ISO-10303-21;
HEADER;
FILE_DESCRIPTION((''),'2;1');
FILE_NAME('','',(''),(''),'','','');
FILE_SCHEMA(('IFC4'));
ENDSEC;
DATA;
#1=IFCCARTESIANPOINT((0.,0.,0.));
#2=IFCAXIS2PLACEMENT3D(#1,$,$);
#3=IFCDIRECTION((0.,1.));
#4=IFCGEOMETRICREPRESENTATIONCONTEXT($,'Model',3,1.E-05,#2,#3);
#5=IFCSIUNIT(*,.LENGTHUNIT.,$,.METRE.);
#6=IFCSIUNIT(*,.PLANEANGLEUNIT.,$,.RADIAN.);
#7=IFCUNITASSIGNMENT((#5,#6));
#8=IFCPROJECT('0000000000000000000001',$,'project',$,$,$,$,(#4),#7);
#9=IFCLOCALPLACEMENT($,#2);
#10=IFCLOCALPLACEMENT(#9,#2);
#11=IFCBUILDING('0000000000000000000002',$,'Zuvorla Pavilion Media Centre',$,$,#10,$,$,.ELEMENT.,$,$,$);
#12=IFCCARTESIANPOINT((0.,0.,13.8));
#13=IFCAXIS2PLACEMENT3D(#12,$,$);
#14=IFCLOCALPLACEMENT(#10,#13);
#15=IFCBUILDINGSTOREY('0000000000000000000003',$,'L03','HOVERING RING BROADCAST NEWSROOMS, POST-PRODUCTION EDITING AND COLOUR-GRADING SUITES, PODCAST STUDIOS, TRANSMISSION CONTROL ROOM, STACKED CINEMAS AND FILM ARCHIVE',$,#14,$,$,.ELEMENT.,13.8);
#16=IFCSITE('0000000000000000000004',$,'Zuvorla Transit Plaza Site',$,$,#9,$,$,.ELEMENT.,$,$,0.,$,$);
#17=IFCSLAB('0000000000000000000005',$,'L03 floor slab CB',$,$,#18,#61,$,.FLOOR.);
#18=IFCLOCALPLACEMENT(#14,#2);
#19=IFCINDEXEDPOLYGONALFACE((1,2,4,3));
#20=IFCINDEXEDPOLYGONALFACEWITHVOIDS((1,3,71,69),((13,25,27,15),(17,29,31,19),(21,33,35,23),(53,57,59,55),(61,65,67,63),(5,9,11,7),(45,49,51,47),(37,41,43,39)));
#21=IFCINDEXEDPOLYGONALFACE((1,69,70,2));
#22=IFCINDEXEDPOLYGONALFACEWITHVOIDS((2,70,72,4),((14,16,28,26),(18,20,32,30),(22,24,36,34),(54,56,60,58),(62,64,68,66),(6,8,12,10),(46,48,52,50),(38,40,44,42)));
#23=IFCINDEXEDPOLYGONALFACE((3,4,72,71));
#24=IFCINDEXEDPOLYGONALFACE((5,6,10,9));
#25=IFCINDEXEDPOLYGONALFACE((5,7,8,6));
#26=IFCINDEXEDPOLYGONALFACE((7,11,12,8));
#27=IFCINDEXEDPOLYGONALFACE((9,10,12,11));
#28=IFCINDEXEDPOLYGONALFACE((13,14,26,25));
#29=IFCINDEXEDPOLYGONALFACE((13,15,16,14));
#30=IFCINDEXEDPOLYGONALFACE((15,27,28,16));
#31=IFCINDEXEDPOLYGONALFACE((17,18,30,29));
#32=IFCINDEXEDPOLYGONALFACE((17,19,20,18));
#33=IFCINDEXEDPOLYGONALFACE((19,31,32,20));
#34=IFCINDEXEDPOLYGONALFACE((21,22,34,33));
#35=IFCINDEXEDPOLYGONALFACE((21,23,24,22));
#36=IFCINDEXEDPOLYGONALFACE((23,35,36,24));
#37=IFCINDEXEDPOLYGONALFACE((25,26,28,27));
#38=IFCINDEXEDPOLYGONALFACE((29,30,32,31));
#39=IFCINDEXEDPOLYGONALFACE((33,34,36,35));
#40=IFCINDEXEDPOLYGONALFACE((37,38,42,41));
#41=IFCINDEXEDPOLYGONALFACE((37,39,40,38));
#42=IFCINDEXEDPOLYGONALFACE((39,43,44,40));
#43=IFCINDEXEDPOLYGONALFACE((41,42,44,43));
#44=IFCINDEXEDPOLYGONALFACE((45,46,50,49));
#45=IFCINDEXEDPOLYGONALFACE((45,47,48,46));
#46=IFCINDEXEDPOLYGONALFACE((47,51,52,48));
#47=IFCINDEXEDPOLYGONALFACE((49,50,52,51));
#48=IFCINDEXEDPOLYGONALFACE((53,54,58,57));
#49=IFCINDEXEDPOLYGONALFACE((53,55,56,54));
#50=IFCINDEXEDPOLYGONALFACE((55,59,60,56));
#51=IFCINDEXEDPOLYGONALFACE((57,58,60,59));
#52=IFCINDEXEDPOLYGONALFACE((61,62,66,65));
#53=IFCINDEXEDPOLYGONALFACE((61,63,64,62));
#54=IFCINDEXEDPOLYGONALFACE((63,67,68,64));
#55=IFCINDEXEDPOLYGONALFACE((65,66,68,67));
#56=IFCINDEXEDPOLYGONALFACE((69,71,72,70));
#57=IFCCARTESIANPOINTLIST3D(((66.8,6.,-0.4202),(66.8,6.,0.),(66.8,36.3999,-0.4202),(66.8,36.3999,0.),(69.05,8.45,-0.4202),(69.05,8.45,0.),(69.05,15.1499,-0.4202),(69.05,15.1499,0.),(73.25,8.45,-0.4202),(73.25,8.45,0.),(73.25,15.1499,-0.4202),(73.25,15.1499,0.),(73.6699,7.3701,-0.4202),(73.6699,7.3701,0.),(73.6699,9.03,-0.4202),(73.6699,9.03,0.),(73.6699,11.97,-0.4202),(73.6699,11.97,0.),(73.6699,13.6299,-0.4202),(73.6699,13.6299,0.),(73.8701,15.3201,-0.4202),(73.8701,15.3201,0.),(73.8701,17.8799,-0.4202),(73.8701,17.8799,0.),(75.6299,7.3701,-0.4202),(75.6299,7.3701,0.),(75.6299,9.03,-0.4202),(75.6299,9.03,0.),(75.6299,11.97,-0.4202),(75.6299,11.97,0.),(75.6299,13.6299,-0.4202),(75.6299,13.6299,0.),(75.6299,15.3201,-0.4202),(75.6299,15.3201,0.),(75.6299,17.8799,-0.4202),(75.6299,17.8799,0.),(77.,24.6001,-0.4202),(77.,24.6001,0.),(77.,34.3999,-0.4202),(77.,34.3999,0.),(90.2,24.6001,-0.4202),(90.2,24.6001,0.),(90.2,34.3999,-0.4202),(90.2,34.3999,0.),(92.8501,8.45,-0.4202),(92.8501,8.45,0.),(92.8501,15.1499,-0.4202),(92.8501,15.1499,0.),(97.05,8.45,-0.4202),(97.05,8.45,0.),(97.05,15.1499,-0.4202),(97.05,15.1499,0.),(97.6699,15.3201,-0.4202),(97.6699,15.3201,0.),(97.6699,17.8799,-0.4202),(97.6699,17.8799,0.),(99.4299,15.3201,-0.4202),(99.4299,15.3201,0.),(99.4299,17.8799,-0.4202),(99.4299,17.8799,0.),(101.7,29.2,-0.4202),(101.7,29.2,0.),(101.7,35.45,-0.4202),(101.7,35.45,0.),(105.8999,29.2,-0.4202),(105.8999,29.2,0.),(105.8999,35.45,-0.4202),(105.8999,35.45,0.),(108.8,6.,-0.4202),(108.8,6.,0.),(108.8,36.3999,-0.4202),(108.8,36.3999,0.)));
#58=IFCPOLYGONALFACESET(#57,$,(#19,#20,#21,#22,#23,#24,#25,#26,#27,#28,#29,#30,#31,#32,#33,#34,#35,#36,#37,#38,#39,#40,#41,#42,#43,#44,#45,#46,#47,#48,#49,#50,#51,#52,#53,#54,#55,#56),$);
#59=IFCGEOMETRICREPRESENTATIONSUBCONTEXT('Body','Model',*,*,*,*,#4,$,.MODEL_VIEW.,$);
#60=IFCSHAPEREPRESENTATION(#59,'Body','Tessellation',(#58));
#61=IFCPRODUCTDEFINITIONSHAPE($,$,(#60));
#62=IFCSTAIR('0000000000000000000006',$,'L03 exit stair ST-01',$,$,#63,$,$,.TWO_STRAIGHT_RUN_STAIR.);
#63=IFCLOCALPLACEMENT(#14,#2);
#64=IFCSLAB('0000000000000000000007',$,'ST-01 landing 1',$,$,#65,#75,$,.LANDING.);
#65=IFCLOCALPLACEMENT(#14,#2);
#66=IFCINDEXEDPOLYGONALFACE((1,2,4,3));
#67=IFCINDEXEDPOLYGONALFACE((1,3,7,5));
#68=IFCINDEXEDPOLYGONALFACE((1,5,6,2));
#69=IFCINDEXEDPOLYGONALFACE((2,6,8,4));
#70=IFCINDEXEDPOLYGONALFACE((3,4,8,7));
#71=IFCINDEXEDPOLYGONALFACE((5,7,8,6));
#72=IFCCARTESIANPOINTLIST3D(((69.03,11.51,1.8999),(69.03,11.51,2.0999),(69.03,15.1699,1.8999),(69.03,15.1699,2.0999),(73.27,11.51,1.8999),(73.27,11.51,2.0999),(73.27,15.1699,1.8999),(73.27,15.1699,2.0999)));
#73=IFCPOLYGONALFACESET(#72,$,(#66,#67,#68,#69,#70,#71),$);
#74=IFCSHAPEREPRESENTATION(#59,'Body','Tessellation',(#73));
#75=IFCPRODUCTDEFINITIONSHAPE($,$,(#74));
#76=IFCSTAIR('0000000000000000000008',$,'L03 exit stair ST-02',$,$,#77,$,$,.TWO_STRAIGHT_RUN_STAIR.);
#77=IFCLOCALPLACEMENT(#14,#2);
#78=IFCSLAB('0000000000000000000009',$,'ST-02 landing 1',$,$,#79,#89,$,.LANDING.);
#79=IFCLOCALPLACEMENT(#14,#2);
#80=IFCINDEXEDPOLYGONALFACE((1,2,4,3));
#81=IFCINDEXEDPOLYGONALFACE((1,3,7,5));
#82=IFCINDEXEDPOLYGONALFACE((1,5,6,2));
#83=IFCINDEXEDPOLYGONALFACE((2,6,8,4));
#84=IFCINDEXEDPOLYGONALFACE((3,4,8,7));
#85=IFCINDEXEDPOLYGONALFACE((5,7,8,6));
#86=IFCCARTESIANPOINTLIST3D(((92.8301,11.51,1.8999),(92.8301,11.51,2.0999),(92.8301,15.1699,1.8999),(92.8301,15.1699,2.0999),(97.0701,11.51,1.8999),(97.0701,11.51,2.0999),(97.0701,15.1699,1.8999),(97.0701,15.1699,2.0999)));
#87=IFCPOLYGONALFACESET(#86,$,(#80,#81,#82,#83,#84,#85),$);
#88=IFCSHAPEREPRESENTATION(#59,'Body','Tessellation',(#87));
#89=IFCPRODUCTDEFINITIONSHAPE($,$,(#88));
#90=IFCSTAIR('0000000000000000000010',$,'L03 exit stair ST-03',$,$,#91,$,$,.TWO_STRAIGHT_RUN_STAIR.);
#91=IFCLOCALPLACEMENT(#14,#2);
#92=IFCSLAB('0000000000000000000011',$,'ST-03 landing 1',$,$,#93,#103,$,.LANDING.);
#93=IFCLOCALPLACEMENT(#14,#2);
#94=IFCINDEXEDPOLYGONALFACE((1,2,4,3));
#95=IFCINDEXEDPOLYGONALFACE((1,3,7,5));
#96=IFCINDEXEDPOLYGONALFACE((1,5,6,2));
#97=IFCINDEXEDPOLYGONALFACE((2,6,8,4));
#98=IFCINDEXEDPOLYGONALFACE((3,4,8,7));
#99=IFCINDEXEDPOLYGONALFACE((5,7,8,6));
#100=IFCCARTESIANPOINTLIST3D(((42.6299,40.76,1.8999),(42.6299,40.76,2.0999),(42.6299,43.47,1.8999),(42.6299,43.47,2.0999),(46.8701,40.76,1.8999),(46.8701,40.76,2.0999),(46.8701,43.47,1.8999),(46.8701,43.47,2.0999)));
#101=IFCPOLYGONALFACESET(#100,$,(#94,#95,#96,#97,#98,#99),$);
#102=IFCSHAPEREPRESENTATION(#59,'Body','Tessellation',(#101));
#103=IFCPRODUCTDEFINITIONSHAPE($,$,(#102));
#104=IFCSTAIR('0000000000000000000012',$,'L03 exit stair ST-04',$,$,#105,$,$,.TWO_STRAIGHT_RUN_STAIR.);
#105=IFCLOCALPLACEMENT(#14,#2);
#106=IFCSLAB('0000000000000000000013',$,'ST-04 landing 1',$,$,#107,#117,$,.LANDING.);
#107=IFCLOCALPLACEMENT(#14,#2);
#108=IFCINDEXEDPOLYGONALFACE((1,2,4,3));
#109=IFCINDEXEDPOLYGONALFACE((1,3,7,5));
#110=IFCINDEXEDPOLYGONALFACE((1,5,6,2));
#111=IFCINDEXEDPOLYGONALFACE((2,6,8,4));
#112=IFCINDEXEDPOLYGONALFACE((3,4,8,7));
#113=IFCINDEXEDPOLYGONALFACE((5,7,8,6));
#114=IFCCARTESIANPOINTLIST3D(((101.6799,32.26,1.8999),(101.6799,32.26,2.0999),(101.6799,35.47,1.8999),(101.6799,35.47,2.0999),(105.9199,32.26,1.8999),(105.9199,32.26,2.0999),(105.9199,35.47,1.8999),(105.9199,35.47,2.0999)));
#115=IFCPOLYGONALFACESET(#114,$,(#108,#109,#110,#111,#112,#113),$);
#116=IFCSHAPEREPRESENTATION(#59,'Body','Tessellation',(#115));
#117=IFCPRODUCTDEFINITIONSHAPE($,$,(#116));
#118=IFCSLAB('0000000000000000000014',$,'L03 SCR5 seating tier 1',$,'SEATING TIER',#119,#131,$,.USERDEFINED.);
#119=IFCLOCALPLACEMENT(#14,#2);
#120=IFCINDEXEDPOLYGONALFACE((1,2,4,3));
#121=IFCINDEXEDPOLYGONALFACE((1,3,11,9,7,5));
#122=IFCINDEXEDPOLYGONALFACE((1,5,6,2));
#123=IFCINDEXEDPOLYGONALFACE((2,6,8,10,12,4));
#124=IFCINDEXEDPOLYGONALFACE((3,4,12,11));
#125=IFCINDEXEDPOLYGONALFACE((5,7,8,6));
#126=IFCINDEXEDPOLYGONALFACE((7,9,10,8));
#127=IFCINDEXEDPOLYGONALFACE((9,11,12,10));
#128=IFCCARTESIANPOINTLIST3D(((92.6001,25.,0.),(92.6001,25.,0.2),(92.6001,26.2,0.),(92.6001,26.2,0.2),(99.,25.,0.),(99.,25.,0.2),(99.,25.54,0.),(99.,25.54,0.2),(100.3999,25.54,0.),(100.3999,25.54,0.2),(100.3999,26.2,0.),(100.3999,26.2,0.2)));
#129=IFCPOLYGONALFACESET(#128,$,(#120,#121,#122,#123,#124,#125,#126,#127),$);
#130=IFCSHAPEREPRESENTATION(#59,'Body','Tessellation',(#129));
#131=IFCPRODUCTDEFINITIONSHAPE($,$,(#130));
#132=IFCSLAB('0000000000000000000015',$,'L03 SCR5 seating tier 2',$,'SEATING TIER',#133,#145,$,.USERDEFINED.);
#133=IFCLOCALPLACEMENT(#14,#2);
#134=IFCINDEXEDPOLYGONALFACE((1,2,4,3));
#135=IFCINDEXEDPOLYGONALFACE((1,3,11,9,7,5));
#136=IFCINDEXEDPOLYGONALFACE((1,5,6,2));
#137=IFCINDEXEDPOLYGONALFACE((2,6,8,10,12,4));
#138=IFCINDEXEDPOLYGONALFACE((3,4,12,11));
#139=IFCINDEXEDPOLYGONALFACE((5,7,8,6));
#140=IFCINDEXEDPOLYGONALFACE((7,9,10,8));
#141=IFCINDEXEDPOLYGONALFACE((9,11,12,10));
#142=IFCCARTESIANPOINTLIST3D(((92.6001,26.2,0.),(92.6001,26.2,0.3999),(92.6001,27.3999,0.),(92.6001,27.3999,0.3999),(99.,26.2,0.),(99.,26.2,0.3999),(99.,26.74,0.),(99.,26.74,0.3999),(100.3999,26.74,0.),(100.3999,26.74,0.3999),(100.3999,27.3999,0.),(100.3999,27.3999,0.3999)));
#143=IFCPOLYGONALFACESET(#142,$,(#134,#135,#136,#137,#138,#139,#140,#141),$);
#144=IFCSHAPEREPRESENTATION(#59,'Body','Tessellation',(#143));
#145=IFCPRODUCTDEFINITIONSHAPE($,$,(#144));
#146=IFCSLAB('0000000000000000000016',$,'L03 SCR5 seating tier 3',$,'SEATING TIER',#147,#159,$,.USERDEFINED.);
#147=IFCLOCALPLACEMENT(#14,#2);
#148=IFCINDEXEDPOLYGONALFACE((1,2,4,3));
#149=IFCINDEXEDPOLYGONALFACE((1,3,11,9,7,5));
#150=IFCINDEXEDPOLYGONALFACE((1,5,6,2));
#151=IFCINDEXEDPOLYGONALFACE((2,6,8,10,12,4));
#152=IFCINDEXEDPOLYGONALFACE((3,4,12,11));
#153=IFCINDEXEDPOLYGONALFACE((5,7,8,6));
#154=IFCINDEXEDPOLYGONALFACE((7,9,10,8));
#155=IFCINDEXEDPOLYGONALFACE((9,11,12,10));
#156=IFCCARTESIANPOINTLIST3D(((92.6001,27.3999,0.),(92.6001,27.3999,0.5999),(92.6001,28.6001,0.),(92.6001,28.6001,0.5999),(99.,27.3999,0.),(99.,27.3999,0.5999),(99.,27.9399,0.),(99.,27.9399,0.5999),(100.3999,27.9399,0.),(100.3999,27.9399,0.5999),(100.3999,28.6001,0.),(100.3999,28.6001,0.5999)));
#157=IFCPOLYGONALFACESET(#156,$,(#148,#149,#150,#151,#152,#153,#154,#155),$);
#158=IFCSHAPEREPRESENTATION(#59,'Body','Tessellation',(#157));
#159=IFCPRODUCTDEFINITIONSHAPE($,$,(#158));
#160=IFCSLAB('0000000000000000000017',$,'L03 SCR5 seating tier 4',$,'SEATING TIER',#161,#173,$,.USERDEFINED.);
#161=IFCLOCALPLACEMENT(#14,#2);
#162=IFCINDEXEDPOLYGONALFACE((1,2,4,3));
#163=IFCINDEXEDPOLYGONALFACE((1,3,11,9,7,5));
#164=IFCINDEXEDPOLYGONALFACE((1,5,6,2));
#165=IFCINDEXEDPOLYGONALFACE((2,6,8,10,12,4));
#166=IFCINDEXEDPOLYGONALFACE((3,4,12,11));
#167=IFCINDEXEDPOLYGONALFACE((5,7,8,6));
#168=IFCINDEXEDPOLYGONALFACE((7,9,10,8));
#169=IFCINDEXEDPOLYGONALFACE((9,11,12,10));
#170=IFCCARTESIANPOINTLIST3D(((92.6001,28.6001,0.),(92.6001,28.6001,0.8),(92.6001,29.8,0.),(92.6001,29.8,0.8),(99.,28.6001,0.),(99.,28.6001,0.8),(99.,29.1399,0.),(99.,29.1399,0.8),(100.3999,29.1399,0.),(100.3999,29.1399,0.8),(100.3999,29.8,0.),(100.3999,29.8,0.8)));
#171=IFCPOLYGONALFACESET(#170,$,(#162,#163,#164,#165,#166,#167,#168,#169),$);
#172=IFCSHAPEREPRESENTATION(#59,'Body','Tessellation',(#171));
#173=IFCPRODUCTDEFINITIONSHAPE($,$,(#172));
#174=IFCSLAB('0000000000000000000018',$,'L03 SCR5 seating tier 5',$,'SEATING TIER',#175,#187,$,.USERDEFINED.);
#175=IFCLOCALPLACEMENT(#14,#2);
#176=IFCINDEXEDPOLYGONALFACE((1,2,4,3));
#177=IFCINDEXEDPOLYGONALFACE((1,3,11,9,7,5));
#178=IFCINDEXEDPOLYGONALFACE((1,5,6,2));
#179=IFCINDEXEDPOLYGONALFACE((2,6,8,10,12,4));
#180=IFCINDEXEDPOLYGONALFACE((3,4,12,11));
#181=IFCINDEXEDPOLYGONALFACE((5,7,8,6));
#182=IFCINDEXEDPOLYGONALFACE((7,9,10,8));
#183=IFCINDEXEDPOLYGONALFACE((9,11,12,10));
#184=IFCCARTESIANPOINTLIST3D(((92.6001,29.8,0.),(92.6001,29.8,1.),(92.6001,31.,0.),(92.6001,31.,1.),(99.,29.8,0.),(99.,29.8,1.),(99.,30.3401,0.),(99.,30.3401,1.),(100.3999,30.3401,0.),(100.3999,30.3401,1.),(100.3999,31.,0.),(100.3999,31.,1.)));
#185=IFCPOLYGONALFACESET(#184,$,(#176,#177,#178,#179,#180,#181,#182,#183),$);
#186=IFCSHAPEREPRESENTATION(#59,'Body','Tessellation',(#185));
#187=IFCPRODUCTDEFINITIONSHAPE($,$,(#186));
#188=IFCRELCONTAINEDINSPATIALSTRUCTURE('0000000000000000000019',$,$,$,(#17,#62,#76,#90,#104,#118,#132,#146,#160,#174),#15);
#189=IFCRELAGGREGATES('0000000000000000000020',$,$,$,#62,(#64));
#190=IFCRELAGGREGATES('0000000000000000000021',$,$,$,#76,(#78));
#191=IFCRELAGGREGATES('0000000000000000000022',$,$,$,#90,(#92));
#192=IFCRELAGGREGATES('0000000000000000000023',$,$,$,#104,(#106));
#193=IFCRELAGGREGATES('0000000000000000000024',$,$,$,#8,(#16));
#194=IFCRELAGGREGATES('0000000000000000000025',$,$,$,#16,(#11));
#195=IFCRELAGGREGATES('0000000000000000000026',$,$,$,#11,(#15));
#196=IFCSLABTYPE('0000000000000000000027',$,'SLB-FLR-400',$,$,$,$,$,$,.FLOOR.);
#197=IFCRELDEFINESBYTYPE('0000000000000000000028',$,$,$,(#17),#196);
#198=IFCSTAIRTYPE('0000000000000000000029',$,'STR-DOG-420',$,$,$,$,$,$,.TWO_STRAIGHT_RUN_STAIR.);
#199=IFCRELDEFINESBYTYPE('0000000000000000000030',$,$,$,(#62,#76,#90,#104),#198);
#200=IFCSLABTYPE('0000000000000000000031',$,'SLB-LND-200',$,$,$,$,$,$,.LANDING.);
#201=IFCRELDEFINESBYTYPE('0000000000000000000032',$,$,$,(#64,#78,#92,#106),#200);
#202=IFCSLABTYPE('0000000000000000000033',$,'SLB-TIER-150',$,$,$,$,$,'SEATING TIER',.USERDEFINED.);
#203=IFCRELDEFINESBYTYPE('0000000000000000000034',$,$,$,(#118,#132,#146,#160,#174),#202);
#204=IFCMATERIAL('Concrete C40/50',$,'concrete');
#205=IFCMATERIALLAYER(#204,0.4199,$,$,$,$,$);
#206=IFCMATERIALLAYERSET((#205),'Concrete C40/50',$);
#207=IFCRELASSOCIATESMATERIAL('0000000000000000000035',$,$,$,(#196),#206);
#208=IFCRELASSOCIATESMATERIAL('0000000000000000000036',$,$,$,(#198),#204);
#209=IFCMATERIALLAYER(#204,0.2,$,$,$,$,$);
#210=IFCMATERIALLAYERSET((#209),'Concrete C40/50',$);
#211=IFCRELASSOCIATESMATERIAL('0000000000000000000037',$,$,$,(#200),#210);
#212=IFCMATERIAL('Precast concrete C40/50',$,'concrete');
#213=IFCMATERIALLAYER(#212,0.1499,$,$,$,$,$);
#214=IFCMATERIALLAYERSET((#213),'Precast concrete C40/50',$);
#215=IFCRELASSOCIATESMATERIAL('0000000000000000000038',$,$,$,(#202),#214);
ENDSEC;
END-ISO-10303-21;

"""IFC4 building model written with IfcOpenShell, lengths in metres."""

from ifc_helpers import new_model, si_unit, direction, frame, origin, place, context, subcontext, project, spatial, polyline, outline, extrude, material, layer, layer_set, type_object, element, aggregate, save


model = new_model("IFC4")

# Units and contexts
model_context = context("Model", 3, precision=1e-05, world=origin(), true_north=direction((0.0, 1.0)))
body_context = subcontext(model_context, "Body", "Model", "MODEL_VIEW")
ifc_project = project(units=[si_unit("LENGTHUNIT", "METRE"), si_unit("PLANEANGLEUNIT", "RADIAN")], contexts=[model_context])

# Site, building, storey
site_placement = place(None, origin())
site = spatial("IfcSite", under=ifc_project, at=site_placement, Name="Zuvorla Transit Plaza Site", CompositionType="ELEMENT", RefElevation=0.0)
building_placement = place(site_placement, origin())
building = spatial("IfcBuilding", under=site, at=building_placement, Name="Zuvorla Pavilion Media Centre", CompositionType="ELEMENT")
storey_placement = place(building_placement, frame((0.0, 0.0, 13.8)))
storey = spatial("IfcBuildingStorey", under=building, at=storey_placement, Name="L03", Description="HOVERING RING BROADCAST NEWSROOMS, POST-PRODUCTION EDITING AND COLOUR-GRADING SUITES, PODCAST STUDIOS, TRANSMISSION CONTROL ROOM, STACKED CINEMAS AND FILM ARCHIVE", CompositionType="ELEMENT", Elevation=13.8)

# Shared definitions
ifc_material_1 = material(Name="Concrete C40/50", Category="concrete")

# Slab
ifc_layer_1 = layer(ifc_material_1, 0.4199)
ifc_layer_set_1 = layer_set([ifc_layer_1], Name="Concrete C40/50")
slab_type_1 = type_object("IfcSlabType", Name="SLB-FLR-400", PredefinedType="FLOOR", material=ifc_layer_set_1)
slab_1_placement = place(storey_placement, frame((0.0, 0.0, -0.4202)))
element("IfcSlab", 1, at=slab_1_placement, inside=storey, type_object=slab_type_1, Name="L03 floor slab CB", PredefinedType="FLOOR", context=body_context, shape_type="SweptSolid", body=[
    extrude(outline(polyline([(66.8, 6.0), (66.8, 36.3999), (108.8, 36.3999), (108.8, 6.0), (66.8, 6.0)]), holes=[polyline([(73.6699, 9.03), (73.6699, 7.3701), (75.6299, 7.3701), (75.6299, 9.03), (73.6699, 9.03)]), polyline([(69.05, 15.1499), (69.05, 8.45), (73.25, 8.45), (73.25, 15.1499), (69.05, 15.1499)]), polyline([(92.8501, 15.1499), (92.8501, 8.45), (97.05, 8.45), (97.05, 15.1499), (92.8501, 15.1499)]), polyline([(73.6699, 13.6299), (73.6699, 11.97), (75.6299, 11.97), (75.6299, 13.6299), (73.6699, 13.6299)]), polyline([(73.8701, 17.8799), (73.8701, 15.3201), (75.6299, 15.3201), (75.6299, 17.8799), (73.8701, 17.8799)]), polyline([(97.6699, 17.8799), (97.6699, 15.3201), (99.4299, 15.3201), (99.4299, 17.8799), (97.6699, 17.8799)]), polyline([(77.0, 34.3999), (77.0, 24.6001), (90.2, 24.6001), (90.2, 34.3999), (77.0, 34.3999)]), polyline([(101.7, 35.45), (101.7, 29.2), (105.8999, 29.2), (105.8999, 35.45), (101.7, 35.45)])]), origin(), (0.0, 0.0, 1.0), 0.4202),
])

# Stairs, slabs
stair_type = type_object("IfcStairType", Name="STR-DOG-420", PredefinedType="TWO_STRAIGHT_RUN_STAIR", material=ifc_material_1)
stair_1_placement = place(storey_placement, origin())
stair_1 = element("IfcStair", 2, at=stair_1_placement, inside=storey, type_object=stair_type, Name="L03 exit stair ST-01", PredefinedType="TWO_STRAIGHT_RUN_STAIR")
ifc_layer_2 = layer(ifc_material_1, 0.2)
ifc_layer_set_2 = layer_set([ifc_layer_2], Name="Concrete C40/50")
slab_type_2 = type_object("IfcSlabType", Name="SLB-LND-200", PredefinedType="LANDING", material=ifc_layer_set_2)
slab_2_placement = place(storey_placement, frame((0.0, 0.0, 1.8999)))
slab_2 = element("IfcSlab", 3, at=slab_2_placement, type_object=slab_type_2, Name="ST-01 landing 1", PredefinedType="LANDING", context=body_context, shape_type="SweptSolid", body=[
    extrude(outline(polyline([(69.03, 11.51), (73.27, 11.51), (73.27, 15.1699), (69.03, 15.1699), (69.03, 11.51)])), origin(), (0.0, 0.0, 1.0), 0.2),
])
aggregate(stair_1, [slab_2])
stair_2_placement = place(storey_placement, origin())
stair_2 = element("IfcStair", 4, at=stair_2_placement, inside=storey, type_object=stair_type, Name="L03 exit stair ST-02", PredefinedType="TWO_STRAIGHT_RUN_STAIR")
slab_3_placement = place(storey_placement, frame((0.0, 0.0, 1.8999)))
slab_3 = element("IfcSlab", 5, at=slab_3_placement, type_object=slab_type_2, Name="ST-02 landing 1", PredefinedType="LANDING", context=body_context, shape_type="SweptSolid", body=[
    extrude(outline(polyline([(92.8301, 11.51), (97.0701, 11.51), (97.0701, 15.1699), (92.8301, 15.1699), (92.8301, 11.51)])), origin(), (0.0, 0.0, 1.0), 0.2),
])
aggregate(stair_2, [slab_3])
stair_3_placement = place(storey_placement, origin())
stair_3 = element("IfcStair", 6, at=stair_3_placement, inside=storey, type_object=stair_type, Name="L03 exit stair ST-03", PredefinedType="TWO_STRAIGHT_RUN_STAIR")
slab_4_placement = place(storey_placement, frame((0.0, 0.0, 1.8999)))
slab_4 = element("IfcSlab", 7, at=slab_4_placement, type_object=slab_type_2, Name="ST-03 landing 1", PredefinedType="LANDING", context=body_context, shape_type="SweptSolid", body=[
    extrude(outline(polyline([(42.6299, 40.76), (46.8701, 40.76), (46.8701, 43.47), (42.6299, 43.47), (42.6299, 40.76)])), origin(), (0.0, 0.0, 1.0), 0.2),
])
aggregate(stair_3, [slab_4])
stair_4_placement = place(storey_placement, origin())
stair_4 = element("IfcStair", 8, at=stair_4_placement, inside=storey, type_object=stair_type, Name="L03 exit stair ST-04", PredefinedType="TWO_STRAIGHT_RUN_STAIR")
slab_5_placement = place(storey_placement, frame((0.0, 0.0, 1.8999)))
slab_5 = element("IfcSlab", 9, at=slab_5_placement, type_object=slab_type_2, Name="ST-04 landing 1", PredefinedType="LANDING", context=body_context, shape_type="SweptSolid", body=[
    extrude(outline(polyline([(101.6799, 32.26), (105.9199, 32.26), (105.9199, 35.47), (101.6799, 35.47), (101.6799, 32.26)])), origin(), (0.0, 0.0, 1.0), 0.2),
])
aggregate(stair_4, [slab_5])

# Slabs
ifc_material_2 = material(Name="Precast concrete C40/50", Category="concrete")
ifc_layer_3 = layer(ifc_material_2, 0.1499)
ifc_layer_set_3 = layer_set([ifc_layer_3], Name="Precast concrete C40/50")
slab_type_3 = type_object("IfcSlabType", Name="SLB-TIER-150", ElementType="SEATING TIER", PredefinedType="USERDEFINED", material=ifc_layer_set_3)
slab_6_placement = place(storey_placement, origin())
element("IfcSlab", 10, at=slab_6_placement, inside=storey, type_object=slab_type_3, Name="L03 SCR5 seating tier 1", ObjectType="SEATING TIER", PredefinedType="USERDEFINED", context=body_context, shape_type="SweptSolid", body=[
    extrude(outline(polyline([(92.6001, 25.0), (99.0, 25.0), (99.0, 25.54), (100.3999, 25.54), (100.3999, 26.2), (92.6001, 26.2), (92.6001, 25.0)])), origin(), (0.0, 0.0, 1.0), 0.2),
])
slab_7_placement = place(storey_placement, origin())
element("IfcSlab", 11, at=slab_7_placement, inside=storey, type_object=slab_type_3, Name="L03 SCR5 seating tier 2", ObjectType="SEATING TIER", PredefinedType="USERDEFINED", context=body_context, shape_type="SweptSolid", body=[
    extrude(outline(polyline([(92.6001, 26.2), (99.0, 26.2), (99.0, 26.74), (100.3999, 26.74), (100.3999, 27.3999), (92.6001, 27.3999), (92.6001, 26.2)])), origin(), (0.0, 0.0, 1.0), 0.3999),
])
slab_8_placement = place(storey_placement, origin())
element("IfcSlab", 12, at=slab_8_placement, inside=storey, type_object=slab_type_3, Name="L03 SCR5 seating tier 3", ObjectType="SEATING TIER", PredefinedType="USERDEFINED", context=body_context, shape_type="SweptSolid", body=[
    extrude(outline(polyline([(92.6001, 27.3999), (99.0, 27.3999), (99.0, 27.9399), (100.3999, 27.9399), (100.3999, 28.6001), (92.6001, 28.6001), (92.6001, 27.3999)])), origin(), (0.0, 0.0, 1.0), 0.5999),
])
slab_9_placement = place(storey_placement, origin())
element("IfcSlab", 13, at=slab_9_placement, inside=storey, type_object=slab_type_3, Name="L03 SCR5 seating tier 4", ObjectType="SEATING TIER", PredefinedType="USERDEFINED", context=body_context, shape_type="SweptSolid", body=[
    extrude(outline(polyline([(92.6001, 28.6001), (99.0, 28.6001), (99.0, 29.1399), (100.3999, 29.1399), (100.3999, 29.8), (92.6001, 29.8), (92.6001, 28.6001)])), origin(), (0.0, 0.0, 1.0), 0.8),
])
slab_10_placement = place(storey_placement, origin())
element("IfcSlab", 14, at=slab_10_placement, inside=storey, type_object=slab_type_3, Name="L03 SCR5 seating tier 5", ObjectType="SEATING TIER", PredefinedType="USERDEFINED", context=body_context, shape_type="SweptSolid", body=[
    extrude(outline(polyline([(92.6001, 29.8), (99.0, 29.8), (99.0, 30.3401), (100.3999, 30.3401), (100.3999, 31.0), (92.6001, 31.0), (92.6001, 29.8)])), origin(), (0.0, 0.0, 1.0), 1.0),
])

save(model, "model.ifc")
